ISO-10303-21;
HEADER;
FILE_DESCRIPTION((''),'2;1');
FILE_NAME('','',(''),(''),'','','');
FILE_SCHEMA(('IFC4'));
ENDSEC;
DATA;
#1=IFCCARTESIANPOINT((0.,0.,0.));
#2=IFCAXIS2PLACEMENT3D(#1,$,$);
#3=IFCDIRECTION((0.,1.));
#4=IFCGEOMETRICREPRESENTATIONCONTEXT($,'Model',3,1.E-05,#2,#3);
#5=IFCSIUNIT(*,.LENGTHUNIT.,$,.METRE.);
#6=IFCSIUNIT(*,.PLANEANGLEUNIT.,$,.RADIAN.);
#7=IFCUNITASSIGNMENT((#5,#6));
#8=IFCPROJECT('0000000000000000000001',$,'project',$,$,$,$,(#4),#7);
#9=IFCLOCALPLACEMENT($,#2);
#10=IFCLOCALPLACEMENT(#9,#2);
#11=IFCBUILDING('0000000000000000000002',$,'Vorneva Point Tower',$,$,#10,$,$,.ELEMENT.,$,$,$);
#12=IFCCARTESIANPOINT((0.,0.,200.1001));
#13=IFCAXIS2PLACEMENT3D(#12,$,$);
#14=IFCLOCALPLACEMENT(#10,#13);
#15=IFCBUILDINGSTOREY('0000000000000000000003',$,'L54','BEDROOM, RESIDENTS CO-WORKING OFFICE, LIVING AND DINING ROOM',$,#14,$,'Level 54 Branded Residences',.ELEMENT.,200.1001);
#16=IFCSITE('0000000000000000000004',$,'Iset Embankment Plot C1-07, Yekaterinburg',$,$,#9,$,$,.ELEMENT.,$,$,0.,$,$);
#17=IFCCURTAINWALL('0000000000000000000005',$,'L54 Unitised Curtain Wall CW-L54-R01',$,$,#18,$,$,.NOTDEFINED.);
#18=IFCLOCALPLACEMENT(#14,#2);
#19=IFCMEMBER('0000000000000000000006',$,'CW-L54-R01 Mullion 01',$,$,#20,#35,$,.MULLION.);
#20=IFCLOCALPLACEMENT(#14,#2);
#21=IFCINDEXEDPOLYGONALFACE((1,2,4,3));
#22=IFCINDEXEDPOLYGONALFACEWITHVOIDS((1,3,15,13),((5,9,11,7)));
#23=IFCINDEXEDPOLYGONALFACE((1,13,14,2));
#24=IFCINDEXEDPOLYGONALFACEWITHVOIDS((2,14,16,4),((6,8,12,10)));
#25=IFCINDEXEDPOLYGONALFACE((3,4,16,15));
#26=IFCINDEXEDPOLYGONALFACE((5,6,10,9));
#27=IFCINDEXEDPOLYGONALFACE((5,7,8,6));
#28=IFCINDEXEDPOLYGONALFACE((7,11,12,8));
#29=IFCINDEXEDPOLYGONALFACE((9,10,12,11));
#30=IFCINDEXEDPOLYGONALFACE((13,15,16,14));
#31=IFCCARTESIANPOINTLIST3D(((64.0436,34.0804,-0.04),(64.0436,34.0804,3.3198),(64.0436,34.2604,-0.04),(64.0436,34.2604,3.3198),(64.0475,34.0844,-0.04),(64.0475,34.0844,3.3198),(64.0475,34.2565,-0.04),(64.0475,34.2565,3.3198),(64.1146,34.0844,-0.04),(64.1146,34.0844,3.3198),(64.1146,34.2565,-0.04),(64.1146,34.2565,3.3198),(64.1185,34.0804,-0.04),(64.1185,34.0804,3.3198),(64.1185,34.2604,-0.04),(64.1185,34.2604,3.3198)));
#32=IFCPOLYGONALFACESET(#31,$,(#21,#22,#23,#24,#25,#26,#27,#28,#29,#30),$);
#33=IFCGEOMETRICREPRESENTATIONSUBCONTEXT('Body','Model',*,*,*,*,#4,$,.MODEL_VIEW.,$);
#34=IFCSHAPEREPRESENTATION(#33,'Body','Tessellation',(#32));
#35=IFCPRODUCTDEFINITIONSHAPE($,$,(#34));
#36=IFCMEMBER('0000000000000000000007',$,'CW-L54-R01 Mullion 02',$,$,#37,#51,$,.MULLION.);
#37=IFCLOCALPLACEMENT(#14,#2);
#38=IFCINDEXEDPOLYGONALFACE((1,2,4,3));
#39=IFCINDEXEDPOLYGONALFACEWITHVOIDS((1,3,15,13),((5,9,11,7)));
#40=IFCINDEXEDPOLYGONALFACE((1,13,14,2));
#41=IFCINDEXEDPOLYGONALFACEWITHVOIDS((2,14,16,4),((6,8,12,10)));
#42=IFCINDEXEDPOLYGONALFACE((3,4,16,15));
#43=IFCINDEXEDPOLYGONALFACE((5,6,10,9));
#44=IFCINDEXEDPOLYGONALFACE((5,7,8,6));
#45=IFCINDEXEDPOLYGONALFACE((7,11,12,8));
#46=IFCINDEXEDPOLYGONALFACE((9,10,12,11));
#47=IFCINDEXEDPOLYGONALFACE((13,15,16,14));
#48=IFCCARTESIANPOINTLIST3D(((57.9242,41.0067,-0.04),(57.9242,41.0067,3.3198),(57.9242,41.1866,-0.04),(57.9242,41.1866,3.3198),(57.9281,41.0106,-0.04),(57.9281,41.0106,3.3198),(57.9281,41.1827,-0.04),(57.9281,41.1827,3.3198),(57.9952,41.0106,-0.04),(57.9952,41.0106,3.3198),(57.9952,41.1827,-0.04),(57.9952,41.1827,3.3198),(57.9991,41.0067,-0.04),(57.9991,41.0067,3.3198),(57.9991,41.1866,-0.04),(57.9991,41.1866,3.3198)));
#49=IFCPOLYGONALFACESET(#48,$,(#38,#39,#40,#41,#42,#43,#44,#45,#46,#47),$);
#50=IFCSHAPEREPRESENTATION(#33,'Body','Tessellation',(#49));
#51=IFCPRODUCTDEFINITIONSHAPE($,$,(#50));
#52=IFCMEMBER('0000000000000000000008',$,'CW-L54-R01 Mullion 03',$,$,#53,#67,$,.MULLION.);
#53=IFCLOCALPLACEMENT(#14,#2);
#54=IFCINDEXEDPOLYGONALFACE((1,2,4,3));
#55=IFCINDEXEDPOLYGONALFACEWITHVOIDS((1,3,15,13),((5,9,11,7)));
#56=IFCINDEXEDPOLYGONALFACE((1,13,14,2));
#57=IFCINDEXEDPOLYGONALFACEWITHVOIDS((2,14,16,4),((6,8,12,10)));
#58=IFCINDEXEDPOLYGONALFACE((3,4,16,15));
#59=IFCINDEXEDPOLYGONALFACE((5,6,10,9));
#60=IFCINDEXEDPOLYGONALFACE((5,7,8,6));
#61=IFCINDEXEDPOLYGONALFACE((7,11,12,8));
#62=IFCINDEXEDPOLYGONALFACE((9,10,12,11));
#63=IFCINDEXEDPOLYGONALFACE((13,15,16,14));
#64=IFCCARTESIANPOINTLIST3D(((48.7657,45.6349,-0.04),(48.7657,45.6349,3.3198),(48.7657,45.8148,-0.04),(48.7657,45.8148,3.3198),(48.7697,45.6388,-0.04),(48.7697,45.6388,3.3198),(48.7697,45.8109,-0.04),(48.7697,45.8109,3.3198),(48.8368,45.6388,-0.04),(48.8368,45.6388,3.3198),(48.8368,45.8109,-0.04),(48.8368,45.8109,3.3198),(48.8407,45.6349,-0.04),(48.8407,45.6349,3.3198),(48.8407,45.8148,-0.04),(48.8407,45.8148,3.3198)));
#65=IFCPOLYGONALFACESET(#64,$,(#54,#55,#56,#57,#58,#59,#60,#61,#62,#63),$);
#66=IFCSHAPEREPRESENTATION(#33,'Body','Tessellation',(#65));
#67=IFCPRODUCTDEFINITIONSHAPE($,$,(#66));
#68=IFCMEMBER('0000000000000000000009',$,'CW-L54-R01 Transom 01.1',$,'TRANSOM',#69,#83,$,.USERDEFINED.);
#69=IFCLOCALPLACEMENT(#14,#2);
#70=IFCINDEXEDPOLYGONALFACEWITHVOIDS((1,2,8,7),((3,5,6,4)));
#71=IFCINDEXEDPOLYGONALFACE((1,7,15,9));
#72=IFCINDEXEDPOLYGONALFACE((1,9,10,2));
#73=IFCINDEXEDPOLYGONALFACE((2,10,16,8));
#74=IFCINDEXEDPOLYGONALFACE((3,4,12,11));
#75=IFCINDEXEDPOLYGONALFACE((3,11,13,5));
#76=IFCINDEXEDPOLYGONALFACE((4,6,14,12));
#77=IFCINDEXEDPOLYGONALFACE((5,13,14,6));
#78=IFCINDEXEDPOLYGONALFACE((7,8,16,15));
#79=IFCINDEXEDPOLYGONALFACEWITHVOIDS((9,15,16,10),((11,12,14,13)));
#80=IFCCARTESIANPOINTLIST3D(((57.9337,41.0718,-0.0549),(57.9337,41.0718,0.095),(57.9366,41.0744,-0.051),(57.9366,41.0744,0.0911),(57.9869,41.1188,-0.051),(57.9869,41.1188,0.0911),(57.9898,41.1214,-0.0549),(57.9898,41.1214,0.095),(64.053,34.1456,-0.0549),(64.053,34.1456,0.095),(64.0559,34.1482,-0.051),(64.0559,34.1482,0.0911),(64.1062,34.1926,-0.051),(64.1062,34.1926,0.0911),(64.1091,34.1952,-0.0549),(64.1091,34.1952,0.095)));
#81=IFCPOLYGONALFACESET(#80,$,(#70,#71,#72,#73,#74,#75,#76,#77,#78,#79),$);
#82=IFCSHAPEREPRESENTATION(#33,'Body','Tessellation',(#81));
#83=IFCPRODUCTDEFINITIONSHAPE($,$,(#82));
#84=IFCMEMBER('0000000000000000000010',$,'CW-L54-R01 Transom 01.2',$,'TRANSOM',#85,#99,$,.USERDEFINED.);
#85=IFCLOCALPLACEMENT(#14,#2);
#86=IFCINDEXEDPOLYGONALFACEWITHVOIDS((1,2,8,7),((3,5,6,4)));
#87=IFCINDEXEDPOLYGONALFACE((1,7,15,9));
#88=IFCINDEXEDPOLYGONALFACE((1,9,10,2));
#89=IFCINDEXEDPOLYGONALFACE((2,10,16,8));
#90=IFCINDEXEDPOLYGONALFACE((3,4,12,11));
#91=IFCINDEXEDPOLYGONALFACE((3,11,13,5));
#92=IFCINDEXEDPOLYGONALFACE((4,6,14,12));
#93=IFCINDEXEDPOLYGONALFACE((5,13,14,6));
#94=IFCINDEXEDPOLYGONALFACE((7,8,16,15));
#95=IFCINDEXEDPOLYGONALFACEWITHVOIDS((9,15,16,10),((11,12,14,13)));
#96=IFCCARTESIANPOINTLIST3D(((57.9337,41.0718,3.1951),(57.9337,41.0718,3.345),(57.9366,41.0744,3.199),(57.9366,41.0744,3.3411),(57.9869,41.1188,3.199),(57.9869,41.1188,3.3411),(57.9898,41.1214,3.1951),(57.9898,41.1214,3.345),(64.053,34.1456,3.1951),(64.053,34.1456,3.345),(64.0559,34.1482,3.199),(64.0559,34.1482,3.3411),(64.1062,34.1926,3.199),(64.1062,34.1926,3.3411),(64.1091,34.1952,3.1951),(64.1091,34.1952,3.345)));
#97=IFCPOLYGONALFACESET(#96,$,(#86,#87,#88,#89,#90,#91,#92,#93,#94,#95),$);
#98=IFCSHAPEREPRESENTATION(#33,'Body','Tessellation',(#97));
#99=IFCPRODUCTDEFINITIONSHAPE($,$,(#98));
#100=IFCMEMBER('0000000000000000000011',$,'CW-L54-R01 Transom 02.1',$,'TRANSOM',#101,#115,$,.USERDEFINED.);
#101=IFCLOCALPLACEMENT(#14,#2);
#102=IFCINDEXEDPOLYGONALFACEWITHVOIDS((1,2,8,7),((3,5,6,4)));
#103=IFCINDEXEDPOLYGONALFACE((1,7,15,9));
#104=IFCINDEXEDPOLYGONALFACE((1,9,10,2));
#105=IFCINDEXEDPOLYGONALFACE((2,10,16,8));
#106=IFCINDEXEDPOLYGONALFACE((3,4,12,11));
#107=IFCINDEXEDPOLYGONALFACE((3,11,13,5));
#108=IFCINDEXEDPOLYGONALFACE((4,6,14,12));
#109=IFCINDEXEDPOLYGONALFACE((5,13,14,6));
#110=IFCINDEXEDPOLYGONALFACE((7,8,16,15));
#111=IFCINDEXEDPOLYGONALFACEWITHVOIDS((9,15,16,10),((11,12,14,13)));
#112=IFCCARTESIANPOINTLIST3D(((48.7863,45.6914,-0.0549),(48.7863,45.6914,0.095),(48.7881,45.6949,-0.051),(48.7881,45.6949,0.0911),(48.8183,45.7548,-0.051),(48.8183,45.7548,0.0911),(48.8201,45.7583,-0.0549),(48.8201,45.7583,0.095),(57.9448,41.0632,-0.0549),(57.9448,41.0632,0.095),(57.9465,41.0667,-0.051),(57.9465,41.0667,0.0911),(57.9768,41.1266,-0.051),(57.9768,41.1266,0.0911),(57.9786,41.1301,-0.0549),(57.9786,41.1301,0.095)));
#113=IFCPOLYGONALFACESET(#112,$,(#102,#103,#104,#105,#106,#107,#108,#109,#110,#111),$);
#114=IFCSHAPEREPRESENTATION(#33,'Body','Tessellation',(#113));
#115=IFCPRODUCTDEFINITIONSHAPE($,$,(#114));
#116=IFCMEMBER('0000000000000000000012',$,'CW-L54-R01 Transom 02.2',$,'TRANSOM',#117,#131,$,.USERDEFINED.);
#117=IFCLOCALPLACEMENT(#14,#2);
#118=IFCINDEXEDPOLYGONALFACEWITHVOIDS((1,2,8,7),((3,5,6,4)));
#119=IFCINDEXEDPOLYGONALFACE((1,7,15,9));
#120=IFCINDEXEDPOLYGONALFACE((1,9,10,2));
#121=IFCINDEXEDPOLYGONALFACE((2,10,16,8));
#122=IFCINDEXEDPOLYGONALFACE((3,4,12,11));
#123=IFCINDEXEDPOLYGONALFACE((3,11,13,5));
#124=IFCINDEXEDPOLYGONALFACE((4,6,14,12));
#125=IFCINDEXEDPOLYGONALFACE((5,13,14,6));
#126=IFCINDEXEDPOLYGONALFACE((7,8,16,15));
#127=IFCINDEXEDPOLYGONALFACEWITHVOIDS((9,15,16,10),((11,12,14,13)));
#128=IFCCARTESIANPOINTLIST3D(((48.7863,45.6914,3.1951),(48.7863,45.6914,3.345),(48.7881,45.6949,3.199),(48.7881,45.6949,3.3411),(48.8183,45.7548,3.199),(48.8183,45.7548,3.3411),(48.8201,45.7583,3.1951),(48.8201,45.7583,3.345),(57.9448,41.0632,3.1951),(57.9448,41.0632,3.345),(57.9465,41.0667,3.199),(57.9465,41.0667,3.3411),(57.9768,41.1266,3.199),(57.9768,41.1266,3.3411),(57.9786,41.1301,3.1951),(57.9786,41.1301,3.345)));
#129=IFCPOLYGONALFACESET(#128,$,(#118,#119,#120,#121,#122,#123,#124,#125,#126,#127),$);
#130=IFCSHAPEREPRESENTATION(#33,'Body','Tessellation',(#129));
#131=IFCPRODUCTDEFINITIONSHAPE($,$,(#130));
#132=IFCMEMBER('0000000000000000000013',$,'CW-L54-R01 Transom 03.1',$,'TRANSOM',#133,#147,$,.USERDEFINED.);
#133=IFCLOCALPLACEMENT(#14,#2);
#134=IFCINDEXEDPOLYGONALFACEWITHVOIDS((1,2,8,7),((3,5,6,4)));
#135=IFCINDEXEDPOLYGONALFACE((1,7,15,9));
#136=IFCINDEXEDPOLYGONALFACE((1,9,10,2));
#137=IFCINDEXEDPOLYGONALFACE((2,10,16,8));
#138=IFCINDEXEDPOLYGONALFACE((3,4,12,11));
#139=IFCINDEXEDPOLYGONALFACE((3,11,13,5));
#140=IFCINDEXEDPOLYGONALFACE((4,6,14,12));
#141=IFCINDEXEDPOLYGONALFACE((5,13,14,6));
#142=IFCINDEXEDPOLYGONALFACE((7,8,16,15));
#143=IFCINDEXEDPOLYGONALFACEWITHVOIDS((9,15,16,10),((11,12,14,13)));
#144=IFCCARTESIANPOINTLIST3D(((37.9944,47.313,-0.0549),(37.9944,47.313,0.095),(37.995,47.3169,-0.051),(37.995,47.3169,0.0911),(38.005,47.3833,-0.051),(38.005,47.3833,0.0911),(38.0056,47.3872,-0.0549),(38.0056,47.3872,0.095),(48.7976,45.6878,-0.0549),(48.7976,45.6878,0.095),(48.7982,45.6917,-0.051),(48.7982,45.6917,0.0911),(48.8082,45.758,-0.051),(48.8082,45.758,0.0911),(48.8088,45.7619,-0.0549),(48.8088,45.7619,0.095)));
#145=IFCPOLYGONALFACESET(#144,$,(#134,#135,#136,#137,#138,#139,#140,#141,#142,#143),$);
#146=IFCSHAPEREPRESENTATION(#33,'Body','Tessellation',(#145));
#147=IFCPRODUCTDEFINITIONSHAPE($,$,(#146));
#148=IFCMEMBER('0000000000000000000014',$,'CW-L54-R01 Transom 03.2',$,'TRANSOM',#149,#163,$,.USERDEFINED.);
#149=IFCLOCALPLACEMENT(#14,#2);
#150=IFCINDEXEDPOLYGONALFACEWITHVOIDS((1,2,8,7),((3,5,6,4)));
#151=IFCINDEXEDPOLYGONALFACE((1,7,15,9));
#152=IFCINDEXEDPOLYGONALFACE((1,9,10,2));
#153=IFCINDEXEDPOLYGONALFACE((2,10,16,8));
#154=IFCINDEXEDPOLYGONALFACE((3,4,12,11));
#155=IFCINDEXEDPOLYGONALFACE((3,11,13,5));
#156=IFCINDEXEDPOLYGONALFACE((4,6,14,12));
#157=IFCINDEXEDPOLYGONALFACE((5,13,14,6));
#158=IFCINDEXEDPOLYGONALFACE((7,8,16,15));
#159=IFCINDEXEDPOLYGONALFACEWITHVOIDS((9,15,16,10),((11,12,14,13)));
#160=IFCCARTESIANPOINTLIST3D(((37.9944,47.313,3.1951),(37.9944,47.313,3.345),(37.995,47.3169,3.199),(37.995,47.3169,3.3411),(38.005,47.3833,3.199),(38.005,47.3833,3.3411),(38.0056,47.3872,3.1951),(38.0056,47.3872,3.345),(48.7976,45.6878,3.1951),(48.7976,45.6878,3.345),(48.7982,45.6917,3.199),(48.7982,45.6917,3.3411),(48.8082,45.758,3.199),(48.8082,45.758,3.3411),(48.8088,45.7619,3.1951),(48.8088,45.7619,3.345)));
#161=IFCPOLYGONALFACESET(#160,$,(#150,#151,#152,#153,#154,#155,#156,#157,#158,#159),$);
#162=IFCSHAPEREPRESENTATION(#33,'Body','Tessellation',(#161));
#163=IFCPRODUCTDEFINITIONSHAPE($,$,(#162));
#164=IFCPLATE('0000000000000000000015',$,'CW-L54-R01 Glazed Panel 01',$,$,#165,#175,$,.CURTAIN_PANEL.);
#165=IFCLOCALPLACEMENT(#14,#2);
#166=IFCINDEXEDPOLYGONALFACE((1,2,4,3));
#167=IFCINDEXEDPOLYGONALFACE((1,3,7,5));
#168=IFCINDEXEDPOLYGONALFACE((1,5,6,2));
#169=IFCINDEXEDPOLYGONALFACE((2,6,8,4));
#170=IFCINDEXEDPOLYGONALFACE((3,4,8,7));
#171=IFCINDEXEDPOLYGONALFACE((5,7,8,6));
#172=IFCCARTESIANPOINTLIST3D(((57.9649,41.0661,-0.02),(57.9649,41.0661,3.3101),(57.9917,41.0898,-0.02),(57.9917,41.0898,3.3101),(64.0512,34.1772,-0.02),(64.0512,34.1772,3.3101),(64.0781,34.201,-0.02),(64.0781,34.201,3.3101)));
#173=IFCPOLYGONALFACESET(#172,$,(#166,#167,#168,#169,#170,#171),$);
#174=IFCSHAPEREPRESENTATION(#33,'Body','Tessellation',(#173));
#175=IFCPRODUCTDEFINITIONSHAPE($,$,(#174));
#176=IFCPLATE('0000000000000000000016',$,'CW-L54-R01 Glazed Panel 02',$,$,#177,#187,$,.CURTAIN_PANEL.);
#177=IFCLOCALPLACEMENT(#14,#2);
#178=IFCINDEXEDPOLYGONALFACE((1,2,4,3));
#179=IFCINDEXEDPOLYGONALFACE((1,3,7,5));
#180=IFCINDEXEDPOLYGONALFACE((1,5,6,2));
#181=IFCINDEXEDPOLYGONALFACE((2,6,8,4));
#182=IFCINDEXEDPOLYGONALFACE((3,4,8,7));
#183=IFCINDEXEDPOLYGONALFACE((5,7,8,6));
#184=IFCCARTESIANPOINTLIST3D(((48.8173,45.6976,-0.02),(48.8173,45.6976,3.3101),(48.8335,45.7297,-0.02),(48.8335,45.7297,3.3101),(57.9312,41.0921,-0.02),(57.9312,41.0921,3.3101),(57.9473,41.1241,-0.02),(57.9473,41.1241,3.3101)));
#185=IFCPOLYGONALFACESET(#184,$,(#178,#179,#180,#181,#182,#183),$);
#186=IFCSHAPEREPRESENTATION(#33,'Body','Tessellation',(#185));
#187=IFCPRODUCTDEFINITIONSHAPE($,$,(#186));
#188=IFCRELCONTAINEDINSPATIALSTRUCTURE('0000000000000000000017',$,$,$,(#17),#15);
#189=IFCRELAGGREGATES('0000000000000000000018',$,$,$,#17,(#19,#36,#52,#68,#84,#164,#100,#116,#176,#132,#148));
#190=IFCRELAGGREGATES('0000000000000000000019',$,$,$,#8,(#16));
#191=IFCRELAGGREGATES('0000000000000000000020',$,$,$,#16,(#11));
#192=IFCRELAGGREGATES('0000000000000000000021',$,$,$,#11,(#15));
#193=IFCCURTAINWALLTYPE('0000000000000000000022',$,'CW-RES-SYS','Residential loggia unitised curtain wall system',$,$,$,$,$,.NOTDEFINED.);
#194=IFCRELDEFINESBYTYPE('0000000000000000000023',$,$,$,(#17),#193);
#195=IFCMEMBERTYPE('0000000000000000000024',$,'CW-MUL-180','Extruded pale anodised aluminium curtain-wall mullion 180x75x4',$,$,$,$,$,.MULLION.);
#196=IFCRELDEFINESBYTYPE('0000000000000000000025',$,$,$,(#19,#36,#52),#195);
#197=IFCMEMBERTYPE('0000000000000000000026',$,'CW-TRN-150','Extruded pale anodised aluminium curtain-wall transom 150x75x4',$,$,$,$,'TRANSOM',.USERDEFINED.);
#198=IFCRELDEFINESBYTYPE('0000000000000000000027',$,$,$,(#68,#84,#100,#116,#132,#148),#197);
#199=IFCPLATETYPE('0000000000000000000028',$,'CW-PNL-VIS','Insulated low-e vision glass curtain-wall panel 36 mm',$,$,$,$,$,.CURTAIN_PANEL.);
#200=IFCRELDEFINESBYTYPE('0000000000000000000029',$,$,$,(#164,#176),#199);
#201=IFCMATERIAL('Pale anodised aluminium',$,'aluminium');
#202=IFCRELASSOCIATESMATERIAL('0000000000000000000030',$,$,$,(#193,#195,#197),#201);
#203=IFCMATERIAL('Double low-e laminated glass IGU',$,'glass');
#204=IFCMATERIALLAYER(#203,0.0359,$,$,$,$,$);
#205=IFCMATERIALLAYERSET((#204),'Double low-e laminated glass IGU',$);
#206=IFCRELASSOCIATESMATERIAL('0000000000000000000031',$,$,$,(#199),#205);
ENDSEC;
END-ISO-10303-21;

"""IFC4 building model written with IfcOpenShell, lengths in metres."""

from ifc_helpers import new_model, si_unit, direction, frame, origin, origin_2d, place, context, subcontext, project, spatial, rectangle, hollow_rectangle, extrude, material, layer, layer_set, material_profile, profile_set, type_object, element, aggregate, save


model = new_model("IFC4")

# Units and contexts
model_context = context("Model", 3, precision=1e-05, world=origin(), true_north=direction((0.0, 1.0)))
body_context = subcontext(model_context, "Body", "Model", "MODEL_VIEW")
ifc_project = project(units=[si_unit("LENGTHUNIT", "METRE"), si_unit("PLANEANGLEUNIT", "RADIAN")], contexts=[model_context])

# Site, building, storey
site_placement = place(None, origin())
site = spatial("IfcSite", under=ifc_project, at=site_placement, Name="Iset Embankment Plot C1-07, Yekaterinburg", CompositionType="ELEMENT", RefElevation=0.0)
building_placement = place(site_placement, origin())
building = spatial("IfcBuilding", under=site, at=building_placement, Name="Vorneva Point Tower", CompositionType="ELEMENT")
storey_placement = place(building_placement, frame((0.0, 0.0, 200.1001)))
storey = spatial("IfcBuildingStorey", under=building, at=storey_placement, Name="L54", Description="BEDROOM, RESIDENTS CO-WORKING OFFICE, LIVING AND DINING ROOM", LongName="Level 54 Branded Residences", CompositionType="ELEMENT", Elevation=200.1001)

# Curtain wall, members, plates
ifc_material_1 = material(Name="Pale anodised aluminium", Category="aluminium")
curtain_wall_type = type_object("IfcCurtainWallType", Name="CW-RES-SYS", Description="Residential loggia unitised curtain wall system", PredefinedType="NOTDEFINED", material=ifc_material_1)
curtain_wall_placement = place(storey_placement, origin())
curtain_wall = element("IfcCurtainWall", 1, at=curtain_wall_placement, inside=storey, type_object=curtain_wall_type, Name="L54 Unitised Curtain Wall CW-L54-R01", PredefinedType="NOTDEFINED")
ifc_material_profile_1 = material_profile(ifc_material_1, hollow_rectangle(XDim=0.075, YDim=0.1799, WallThickness=0.0039, at=origin_2d()), Name="AL-MUL 180x75x4")
ifc_profile_set_1 = profile_set([ifc_material_profile_1], Name="Pale anodised aluminium")
member_type_1 = type_object("IfcMemberType", Name="CW-MUL-180", Description="Extruded pale anodised aluminium curtain-wall mullion 180x75x4", PredefinedType="MULLION", material=ifc_profile_set_1)
member_1_placement = place(storey_placement, frame((64.0811, 34.1704, -0.04), z_axis=(0.0, 0.0, 1.0), x_axis=(1.0, 0.0, 0.0)))
member_1 = element("IfcMember", 2, at=member_1_placement, type_object=member_type_1, Name="CW-L54-R01 Mullion 01", PredefinedType="MULLION", context=body_context, shape_type="SweptSolid", body=[
    extrude(hollow_rectangle(XDim=0.075, YDim=0.1799, WallThickness=0.0039, at=origin_2d()), origin(), (0.0, 0.0, 1.0), 3.3599),
])
member_2_placement = place(storey_placement, frame((57.9617, 41.0967, -0.04), z_axis=(0.0, 0.0, 1.0), x_axis=(1.0, 0.0, 0.0)))
member_2 = element("IfcMember", 3, at=member_2_placement, type_object=member_type_1, Name="CW-L54-R01 Mullion 02", PredefinedType="MULLION", context=body_context, shape_type="SweptSolid", body=[
    extrude(hollow_rectangle(XDim=0.075, YDim=0.1799, WallThickness=0.0039, at=origin_2d()), origin(), (0.0, 0.0, 1.0), 3.3599),
])
member_3_placement = place(storey_placement, frame((48.8032, 45.7249, -0.04), z_axis=(0.0, 0.0, 1.0), x_axis=(1.0, 0.0, 0.0)))
member_3 = element("IfcMember", 4, at=member_3_placement, type_object=member_type_1, Name="CW-L54-R01 Mullion 03", PredefinedType="MULLION", context=body_context, shape_type="SweptSolid", body=[
    extrude(hollow_rectangle(XDim=0.075, YDim=0.1799, WallThickness=0.0039, at=origin_2d()), origin(), (0.0, 0.0, 1.0), 3.3599),
])
ifc_material_profile_2 = material_profile(ifc_material_1, hollow_rectangle(XDim=0.075, YDim=0.1499, WallThickness=0.0039, at=origin_2d()), Name="AL-TRN 150x75x4")
ifc_profile_set_2 = profile_set([ifc_material_profile_2], Name="Pale anodised aluminium")
member_type_2 = type_object("IfcMemberType", Name="CW-TRN-150", Description="Extruded pale anodised aluminium curtain-wall transom 150x75x4", ElementType="TRANSOM", PredefinedType="USERDEFINED", material=ifc_profile_set_2)
member_4_placement = place(storey_placement, frame((64.0811, 34.1704, 0.02), z_axis=(-0.662106, 0.74941, 0.0), x_axis=(-0.74941, -0.662106, 0.0)))
member_4 = element("IfcMember", 5, at=member_4_placement, type_object=member_type_2, Name="CW-L54-R01 Transom 01.1", ObjectType="TRANSOM", PredefinedType="USERDEFINED", context=body_context, shape_type="SweptSolid", body=[
    extrude(hollow_rectangle(XDim=0.075, YDim=0.1499, WallThickness=0.0039, at=origin_2d()), origin(), (0.0, 0.0, 1.0), 9.2422),
])
member_5_placement = place(storey_placement, frame((64.0811, 34.1704, 3.27), z_axis=(-0.662106, 0.74941, 0.0), x_axis=(-0.74941, -0.662106, 0.0)))
member_5 = element("IfcMember", 6, at=member_5_placement, type_object=member_type_2, Name="CW-L54-R01 Transom 01.2", ObjectType="TRANSOM", PredefinedType="USERDEFINED", context=body_context, shape_type="SweptSolid", body=[
    extrude(hollow_rectangle(XDim=0.075, YDim=0.1499, WallThickness=0.0039, at=origin_2d()), origin(), (0.0, 0.0, 1.0), 9.2422),
])
member_6_placement = place(storey_placement, frame((57.9617, 41.0967, 0.02), z_axis=(-0.892511, 0.451026, 0.0), x_axis=(-0.451026, -0.892511, 0.0)))
member_6 = element("IfcMember", 7, at=member_6_placement, type_object=member_type_2, Name="CW-L54-R01 Transom 02.1", ObjectType="TRANSOM", PredefinedType="USERDEFINED", context=body_context, shape_type="SweptSolid", body=[
    extrude(hollow_rectangle(XDim=0.075, YDim=0.1499, WallThickness=0.0039, at=origin_2d()), origin(), (0.0, 0.0, 1.0), 10.2615),
])
member_7_placement = place(storey_placement, frame((57.9617, 41.0967, 3.27), z_axis=(-0.892511, 0.451026, 0.0), x_axis=(-0.451026, -0.892511, 0.0)))
member_7 = element("IfcMember", 8, at=member_7_placement, type_object=member_type_2, Name="CW-L54-R01 Transom 02.2", ObjectType="TRANSOM", PredefinedType="USERDEFINED", context=body_context, shape_type="SweptSolid", body=[
    extrude(hollow_rectangle(XDim=0.075, YDim=0.1499, WallThickness=0.0039, at=origin_2d()), origin(), (0.0, 0.0, 1.0), 10.2615),
])
member_8_placement = place(storey_placement, frame((48.8032, 45.7249, 0.02), z_axis=(-0.988872, 0.148767, 0.0), x_axis=(-0.148767, -0.988872, 0.0)))
member_8 = element("IfcMember", 9, at=member_8_placement, type_object=member_type_2, Name="CW-L54-R01 Transom 03.1", ObjectType="TRANSOM", PredefinedType="USERDEFINED", context=body_context, shape_type="SweptSolid", body=[
    extrude(hollow_rectangle(XDim=0.075, YDim=0.1499, WallThickness=0.0039, at=origin_2d()), origin(), (0.0, 0.0, 1.0), 10.9248),
])
member_9_placement = place(storey_placement, frame((48.8032, 45.7249, 3.27), z_axis=(-0.988872, 0.148767, 0.0), x_axis=(-0.148767, -0.988872, 0.0)))
member_9 = element("IfcMember", 10, at=member_9_placement, type_object=member_type_2, Name="CW-L54-R01 Transom 03.2", ObjectType="TRANSOM", PredefinedType="USERDEFINED", context=body_context, shape_type="SweptSolid", body=[
    extrude(hollow_rectangle(XDim=0.075, YDim=0.1499, WallThickness=0.0039, at=origin_2d()), origin(), (0.0, 0.0, 1.0), 10.9248),
])
ifc_material_2 = material(Name="Double low-e laminated glass IGU", Category="glass")
ifc_layer_1 = layer(ifc_material_2, 0.0359)
ifc_layer_set_1 = layer_set([ifc_layer_1], Name="Double low-e laminated glass IGU")
plate_type = type_object("IfcPlateType", Name="CW-PNL-VIS", Description="Insulated low-e vision glass curtain-wall panel 36 mm", PredefinedType="CURTAIN_PANEL", material=ifc_layer_set_1)
plate_1_placement = place(storey_placement, frame((61.0215, 37.6335, -0.02), z_axis=(0.0, 0.0, 1.0), x_axis=(-0.66211, 0.749407, 0.0)))
plate_1 = element("IfcPlate", 11, at=plate_1_placement, type_object=plate_type, Name="CW-L54-R01 Glazed Panel 01", PredefinedType="CURTAIN_PANEL", context=body_context, shape_type="SweptSolid", body=[
    extrude(rectangle(XDim=9.1924, YDim=0.0359, at=origin_2d()), origin(), (0.0, 0.0, 1.0), 3.3301),
])
plate_2_placement = place(storey_placement, frame((53.3823, 43.4109, -0.02), z_axis=(0.0, 0.0, 1.0), x_axis=(-0.892515, 0.451018, 0.0)))
plate_2 = element("IfcPlate", 12, at=plate_2_placement, type_object=plate_type, Name="CW-L54-R01 Glazed Panel 02", PredefinedType="CURTAIN_PANEL", context=body_context, shape_type="SweptSolid", body=[
    extrude(rectangle(XDim=10.2114, YDim=0.0359, at=origin_2d()), origin(), (0.0, 0.0, 1.0), 3.3301),
])
aggregate(curtain_wall, [member_1, member_2, member_3, member_4, member_5, plate_1, member_6, member_7, plate_2, member_8, member_9])

save(model, "model.ifc")
